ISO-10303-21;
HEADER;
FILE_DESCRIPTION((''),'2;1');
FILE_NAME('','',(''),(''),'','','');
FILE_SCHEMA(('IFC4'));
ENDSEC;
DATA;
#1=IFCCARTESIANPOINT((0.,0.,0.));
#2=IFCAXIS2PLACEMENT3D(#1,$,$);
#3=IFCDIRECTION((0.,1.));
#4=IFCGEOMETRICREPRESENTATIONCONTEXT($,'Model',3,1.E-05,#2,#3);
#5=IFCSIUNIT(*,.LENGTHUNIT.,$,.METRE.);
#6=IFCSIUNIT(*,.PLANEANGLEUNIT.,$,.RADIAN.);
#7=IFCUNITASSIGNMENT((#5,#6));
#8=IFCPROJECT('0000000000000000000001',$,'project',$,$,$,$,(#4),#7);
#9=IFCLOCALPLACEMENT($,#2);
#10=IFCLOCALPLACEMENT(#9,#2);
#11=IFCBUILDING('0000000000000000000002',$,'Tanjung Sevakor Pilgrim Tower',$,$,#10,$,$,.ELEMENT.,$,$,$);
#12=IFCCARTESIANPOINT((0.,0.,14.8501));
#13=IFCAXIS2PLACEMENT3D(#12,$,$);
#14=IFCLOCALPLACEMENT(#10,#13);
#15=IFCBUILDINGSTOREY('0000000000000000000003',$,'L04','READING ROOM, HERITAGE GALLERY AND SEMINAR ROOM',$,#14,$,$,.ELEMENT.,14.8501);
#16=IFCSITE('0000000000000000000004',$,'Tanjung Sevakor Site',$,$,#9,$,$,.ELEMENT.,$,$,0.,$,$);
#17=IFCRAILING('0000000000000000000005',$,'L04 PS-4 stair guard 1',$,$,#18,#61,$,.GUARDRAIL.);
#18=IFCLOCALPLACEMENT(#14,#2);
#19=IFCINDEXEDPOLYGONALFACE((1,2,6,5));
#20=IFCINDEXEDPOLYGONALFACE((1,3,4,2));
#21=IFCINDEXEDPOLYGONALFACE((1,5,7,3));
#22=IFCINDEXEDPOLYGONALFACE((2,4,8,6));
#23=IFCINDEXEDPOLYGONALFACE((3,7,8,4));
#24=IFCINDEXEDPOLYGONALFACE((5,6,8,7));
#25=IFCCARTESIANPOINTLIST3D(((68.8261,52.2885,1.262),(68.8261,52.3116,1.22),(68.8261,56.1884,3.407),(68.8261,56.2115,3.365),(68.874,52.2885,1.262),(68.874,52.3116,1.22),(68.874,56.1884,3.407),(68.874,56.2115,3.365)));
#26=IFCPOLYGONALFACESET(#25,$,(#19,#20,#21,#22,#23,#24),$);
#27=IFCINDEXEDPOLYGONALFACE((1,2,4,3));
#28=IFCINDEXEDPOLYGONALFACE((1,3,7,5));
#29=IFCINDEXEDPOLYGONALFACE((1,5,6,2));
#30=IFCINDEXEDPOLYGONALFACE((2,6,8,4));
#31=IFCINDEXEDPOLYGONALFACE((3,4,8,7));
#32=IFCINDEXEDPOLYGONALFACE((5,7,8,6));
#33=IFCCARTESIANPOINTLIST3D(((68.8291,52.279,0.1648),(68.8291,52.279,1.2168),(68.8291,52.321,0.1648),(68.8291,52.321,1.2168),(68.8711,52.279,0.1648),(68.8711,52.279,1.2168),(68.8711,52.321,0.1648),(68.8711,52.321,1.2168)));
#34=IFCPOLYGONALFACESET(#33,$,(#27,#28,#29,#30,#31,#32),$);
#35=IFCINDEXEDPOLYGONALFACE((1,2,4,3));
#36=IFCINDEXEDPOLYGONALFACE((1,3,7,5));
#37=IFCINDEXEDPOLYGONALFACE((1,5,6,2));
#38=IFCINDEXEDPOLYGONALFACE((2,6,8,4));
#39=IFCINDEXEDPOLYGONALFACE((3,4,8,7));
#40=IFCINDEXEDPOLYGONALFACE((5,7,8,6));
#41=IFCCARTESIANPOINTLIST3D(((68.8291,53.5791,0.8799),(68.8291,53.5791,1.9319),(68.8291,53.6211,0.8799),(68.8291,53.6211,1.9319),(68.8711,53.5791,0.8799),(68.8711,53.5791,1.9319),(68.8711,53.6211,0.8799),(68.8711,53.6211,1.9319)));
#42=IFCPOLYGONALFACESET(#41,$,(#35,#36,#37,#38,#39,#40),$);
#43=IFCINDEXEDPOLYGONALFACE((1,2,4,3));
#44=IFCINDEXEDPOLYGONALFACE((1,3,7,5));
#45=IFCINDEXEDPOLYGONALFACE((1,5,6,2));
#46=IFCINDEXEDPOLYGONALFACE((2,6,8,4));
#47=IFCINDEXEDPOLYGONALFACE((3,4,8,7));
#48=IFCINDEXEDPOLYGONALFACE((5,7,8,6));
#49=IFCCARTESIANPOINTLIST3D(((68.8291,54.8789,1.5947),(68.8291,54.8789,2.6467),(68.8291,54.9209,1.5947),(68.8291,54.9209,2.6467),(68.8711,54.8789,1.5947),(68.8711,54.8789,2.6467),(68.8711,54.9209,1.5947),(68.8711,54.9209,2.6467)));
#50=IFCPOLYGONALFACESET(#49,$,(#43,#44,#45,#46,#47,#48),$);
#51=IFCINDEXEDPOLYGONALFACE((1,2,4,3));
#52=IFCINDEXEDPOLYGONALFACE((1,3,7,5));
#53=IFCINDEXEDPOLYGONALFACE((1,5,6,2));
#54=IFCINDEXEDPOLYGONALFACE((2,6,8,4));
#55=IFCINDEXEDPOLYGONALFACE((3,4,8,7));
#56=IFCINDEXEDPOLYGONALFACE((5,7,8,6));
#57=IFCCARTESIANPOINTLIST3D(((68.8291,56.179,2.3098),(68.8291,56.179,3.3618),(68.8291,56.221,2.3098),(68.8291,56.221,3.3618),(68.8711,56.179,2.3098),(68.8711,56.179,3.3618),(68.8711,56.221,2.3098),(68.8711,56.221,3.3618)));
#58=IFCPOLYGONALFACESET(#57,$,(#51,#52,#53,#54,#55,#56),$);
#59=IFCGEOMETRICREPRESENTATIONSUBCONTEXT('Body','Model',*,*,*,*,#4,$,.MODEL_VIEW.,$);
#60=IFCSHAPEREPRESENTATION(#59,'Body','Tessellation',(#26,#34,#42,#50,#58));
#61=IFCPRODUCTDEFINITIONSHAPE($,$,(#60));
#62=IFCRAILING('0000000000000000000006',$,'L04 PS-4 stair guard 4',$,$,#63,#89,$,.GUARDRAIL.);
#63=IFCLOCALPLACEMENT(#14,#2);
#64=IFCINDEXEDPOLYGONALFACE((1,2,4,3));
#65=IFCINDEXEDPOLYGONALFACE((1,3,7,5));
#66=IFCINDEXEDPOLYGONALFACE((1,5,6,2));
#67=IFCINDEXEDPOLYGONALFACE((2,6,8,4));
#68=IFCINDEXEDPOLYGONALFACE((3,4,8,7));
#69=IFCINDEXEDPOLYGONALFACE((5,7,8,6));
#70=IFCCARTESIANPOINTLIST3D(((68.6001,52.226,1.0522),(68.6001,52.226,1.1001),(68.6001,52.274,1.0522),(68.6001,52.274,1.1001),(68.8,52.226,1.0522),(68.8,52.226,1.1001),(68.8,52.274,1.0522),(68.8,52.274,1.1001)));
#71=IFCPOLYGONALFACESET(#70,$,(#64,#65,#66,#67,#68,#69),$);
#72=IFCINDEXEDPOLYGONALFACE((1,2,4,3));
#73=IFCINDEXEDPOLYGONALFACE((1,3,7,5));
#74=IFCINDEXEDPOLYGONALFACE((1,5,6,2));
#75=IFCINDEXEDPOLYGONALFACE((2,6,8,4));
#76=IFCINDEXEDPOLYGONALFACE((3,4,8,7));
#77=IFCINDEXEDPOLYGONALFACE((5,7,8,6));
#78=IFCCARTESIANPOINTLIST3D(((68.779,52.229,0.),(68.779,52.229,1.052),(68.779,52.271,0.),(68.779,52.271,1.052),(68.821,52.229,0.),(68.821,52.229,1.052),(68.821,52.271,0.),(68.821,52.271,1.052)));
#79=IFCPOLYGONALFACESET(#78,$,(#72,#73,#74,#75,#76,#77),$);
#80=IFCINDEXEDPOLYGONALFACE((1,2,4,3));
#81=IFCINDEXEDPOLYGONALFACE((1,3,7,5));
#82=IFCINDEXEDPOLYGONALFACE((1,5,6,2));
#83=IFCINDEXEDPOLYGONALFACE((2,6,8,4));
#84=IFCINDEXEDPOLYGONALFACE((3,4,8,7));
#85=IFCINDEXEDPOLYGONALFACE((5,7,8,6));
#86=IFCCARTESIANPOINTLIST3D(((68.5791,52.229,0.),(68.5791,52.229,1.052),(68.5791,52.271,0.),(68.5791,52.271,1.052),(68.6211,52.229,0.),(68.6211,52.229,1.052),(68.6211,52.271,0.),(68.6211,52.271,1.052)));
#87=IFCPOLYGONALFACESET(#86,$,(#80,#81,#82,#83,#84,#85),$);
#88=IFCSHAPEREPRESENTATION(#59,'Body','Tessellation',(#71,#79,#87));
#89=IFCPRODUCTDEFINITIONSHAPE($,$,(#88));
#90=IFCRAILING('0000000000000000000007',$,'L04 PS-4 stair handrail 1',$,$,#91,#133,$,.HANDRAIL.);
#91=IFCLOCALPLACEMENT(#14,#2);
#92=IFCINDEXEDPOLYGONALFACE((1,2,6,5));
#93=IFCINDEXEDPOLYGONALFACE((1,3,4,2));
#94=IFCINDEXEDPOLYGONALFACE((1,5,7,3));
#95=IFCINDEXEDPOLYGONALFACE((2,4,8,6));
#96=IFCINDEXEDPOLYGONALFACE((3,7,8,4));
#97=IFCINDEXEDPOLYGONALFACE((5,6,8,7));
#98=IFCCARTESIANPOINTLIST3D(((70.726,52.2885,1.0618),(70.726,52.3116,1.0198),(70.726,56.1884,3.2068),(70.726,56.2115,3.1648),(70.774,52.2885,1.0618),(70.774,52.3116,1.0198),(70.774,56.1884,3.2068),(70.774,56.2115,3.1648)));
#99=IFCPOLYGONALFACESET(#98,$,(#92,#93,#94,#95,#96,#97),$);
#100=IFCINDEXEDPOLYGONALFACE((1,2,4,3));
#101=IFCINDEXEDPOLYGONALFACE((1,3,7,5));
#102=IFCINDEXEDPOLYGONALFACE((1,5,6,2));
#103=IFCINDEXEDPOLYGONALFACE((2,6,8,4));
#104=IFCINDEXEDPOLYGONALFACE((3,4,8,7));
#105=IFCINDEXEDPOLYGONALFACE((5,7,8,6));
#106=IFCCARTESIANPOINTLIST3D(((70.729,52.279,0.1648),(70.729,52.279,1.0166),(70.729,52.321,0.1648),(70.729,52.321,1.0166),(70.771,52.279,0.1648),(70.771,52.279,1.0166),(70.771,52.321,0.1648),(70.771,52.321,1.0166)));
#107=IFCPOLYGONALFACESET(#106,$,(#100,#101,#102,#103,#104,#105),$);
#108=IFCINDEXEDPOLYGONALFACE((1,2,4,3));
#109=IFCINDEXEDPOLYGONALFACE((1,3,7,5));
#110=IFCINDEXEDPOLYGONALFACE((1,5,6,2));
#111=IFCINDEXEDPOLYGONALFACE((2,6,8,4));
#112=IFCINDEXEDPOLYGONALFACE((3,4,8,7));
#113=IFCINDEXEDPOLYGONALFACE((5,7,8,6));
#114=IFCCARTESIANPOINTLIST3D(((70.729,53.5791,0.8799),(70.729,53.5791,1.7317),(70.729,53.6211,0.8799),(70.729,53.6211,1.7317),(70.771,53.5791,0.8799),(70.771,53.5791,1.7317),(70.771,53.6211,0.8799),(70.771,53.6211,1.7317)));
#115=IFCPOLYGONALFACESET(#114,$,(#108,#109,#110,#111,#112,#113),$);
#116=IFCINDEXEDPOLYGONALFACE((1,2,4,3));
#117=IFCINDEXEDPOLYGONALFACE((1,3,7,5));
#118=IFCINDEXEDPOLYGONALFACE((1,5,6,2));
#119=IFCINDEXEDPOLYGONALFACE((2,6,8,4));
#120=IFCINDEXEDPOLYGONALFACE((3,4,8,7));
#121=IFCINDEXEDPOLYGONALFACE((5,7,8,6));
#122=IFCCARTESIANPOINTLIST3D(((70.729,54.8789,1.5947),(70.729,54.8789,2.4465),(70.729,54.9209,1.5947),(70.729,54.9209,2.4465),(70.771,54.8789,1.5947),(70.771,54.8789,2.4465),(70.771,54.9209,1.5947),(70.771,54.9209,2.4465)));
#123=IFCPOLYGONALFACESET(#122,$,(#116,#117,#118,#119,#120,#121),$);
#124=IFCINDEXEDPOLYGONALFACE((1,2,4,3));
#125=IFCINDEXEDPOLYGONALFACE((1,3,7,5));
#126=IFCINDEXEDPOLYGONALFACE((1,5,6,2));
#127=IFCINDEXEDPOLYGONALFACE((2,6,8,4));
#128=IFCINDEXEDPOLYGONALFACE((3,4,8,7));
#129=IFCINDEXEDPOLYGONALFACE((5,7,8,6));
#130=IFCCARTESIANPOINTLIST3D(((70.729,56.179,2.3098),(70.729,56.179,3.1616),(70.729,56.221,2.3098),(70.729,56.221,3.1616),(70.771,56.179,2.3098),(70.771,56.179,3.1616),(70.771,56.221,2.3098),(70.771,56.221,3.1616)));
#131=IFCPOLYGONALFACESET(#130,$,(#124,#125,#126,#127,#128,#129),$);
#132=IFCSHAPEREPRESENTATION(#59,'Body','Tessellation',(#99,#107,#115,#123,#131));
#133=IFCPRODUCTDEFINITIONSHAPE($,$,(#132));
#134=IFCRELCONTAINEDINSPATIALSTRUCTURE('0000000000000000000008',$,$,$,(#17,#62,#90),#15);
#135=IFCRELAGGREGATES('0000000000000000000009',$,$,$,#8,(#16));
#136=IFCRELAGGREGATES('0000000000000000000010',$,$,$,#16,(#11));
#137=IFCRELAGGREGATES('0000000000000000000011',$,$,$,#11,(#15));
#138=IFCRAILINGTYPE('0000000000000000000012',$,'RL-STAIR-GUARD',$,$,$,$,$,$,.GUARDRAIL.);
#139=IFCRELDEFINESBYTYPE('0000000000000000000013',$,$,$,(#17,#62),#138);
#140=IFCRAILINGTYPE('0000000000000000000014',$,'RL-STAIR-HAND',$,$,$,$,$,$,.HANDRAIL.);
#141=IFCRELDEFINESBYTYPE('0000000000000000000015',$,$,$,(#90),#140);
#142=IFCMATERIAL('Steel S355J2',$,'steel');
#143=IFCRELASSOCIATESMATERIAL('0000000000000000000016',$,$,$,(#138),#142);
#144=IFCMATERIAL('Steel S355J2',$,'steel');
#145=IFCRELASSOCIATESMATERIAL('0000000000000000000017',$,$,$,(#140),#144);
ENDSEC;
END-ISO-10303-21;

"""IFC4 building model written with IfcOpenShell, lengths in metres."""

from ifc_helpers import new_model, si_unit, direction, frame, origin, place, context, subcontext, project, spatial, rectangle, extrude, material, type_object, element, save


model = new_model("IFC4")

# Units and contexts
model_context = context("Model", 3, precision=1e-05, world=origin(), true_north=direction((0.0, 1.0)))
body_context = subcontext(model_context, "Body", "Model", "MODEL_VIEW")
ifc_project = project(units=[si_unit("LENGTHUNIT", "METRE"), si_unit("PLANEANGLEUNIT", "RADIAN")], contexts=[model_context])

# Site, building, storey
site_placement = place(None, origin())
site = spatial("IfcSite", under=ifc_project, at=site_placement, Name="Tanjung Sevakor Site", CompositionType="ELEMENT", RefElevation=0.0)
building_placement = place(site_placement, origin())
building = spatial("IfcBuilding", under=site, at=building_placement, Name="Tanjung Sevakor Pilgrim Tower", CompositionType="ELEMENT")
storey_placement = place(building_placement, frame((0.0, 0.0, 14.8501)))
storey = spatial("IfcBuildingStorey", under=building, at=storey_placement, Name="L04", Description="READING ROOM, HERITAGE GALLERY AND SEMINAR ROOM", CompositionType="ELEMENT", Elevation=14.8501)

# Railings
ifc_material_1 = material(Name="Steel S355J2", Category="steel")
railing_type_1 = type_object("IfcRailingType", Name="RL-STAIR-GUARD", PredefinedType="GUARDRAIL", material=ifc_material_1)
railing_1_placement = place(storey_placement, frame((68.8501, 52.3, 0.1648)))
element("IfcRailing", 1, at=railing_1_placement, inside=storey, type_object=railing_type_1, Name="L04 PS-4 stair guard 1", PredefinedType="GUARDRAIL", context=body_context, shape_type="SweptSolid", body=[
    extrude(rectangle(XDim=0.0479, YDim=0.0479), frame((0.0, 0.0, 1.0762), z_axis=(0.0, 0.876209, 0.481931), x_axis=(-1.0, 0.0, 0.0)), (0.0, 0.0, 1.0), 4.4509),
    extrude(rectangle(XDim=0.042, YDim=0.042), origin(), (0.0, 0.0, 1.0), 1.052),
    extrude(rectangle(XDim=0.042, YDim=0.042), frame((0.0, 1.3, 0.7151)), (0.0, 0.0, 1.0), 1.052),
    extrude(rectangle(XDim=0.042, YDim=0.042), frame((0.0, 2.5999, 1.4299)), (0.0, 0.0, 1.0), 1.052),
    extrude(rectangle(XDim=0.042, YDim=0.042), frame((0.0, 3.8999, 2.145)), (0.0, 0.0, 1.0), 1.052),
])
railing_2_placement = place(storey_placement, frame((68.8, 52.25, 0.0)))
element("IfcRailing", 2, at=railing_2_placement, inside=storey, type_object=railing_type_1, Name="L04 PS-4 stair guard 4", PredefinedType="GUARDRAIL", context=body_context, shape_type="SweptSolid", body=[
    extrude(rectangle(XDim=0.0479, YDim=0.0479), frame((0.0, 0.0, 1.0762), z_axis=(-1.0, 0.0, 0.0), x_axis=(0.0, -1.0, 0.0)), (0.0, 0.0, 1.0), 0.2),
    extrude(rectangle(XDim=0.042, YDim=0.042), origin(), (0.0, 0.0, 1.0), 1.052),
    extrude(rectangle(XDim=0.042, YDim=0.042), frame((-0.2, 0.0, 0.0)), (0.0, 0.0, 1.0), 1.052),
])
ifc_material_2 = material(Name="Steel S355J2", Category="steel")
railing_type_2 = type_object("IfcRailingType", Name="RL-STAIR-HAND", PredefinedType="HANDRAIL", material=ifc_material_2)
railing_3_placement = place(storey_placement, frame((70.75, 52.3, 0.1648)))
element("IfcRailing", 3, at=railing_3_placement, inside=storey, type_object=railing_type_2, Name="L04 PS-4 stair handrail 1", PredefinedType="HANDRAIL", context=body_context, shape_type="SweptSolid", body=[
    extrude(rectangle(XDim=0.0479, YDim=0.0479), frame((0.0, 0.0, 0.876), z_axis=(0.0, 0.876209, 0.481931), x_axis=(-1.0, 0.0, 0.0)), (0.0, 0.0, 1.0), 4.4509),
    extrude(rectangle(XDim=0.042, YDim=0.042), origin(), (0.0, 0.0, 1.0), 0.8518),
    extrude(rectangle(XDim=0.042, YDim=0.042), frame((0.0, 1.3, 0.7151)), (0.0, 0.0, 1.0), 0.8518),
    extrude(rectangle(XDim=0.042, YDim=0.042), frame((0.0, 2.5999, 1.4299)), (0.0, 0.0, 1.0), 0.8518),
    extrude(rectangle(XDim=0.042, YDim=0.042), frame((0.0, 3.8999, 2.145)), (0.0, 0.0, 1.0), 0.8518),
])

save(model, "model.ifc")
